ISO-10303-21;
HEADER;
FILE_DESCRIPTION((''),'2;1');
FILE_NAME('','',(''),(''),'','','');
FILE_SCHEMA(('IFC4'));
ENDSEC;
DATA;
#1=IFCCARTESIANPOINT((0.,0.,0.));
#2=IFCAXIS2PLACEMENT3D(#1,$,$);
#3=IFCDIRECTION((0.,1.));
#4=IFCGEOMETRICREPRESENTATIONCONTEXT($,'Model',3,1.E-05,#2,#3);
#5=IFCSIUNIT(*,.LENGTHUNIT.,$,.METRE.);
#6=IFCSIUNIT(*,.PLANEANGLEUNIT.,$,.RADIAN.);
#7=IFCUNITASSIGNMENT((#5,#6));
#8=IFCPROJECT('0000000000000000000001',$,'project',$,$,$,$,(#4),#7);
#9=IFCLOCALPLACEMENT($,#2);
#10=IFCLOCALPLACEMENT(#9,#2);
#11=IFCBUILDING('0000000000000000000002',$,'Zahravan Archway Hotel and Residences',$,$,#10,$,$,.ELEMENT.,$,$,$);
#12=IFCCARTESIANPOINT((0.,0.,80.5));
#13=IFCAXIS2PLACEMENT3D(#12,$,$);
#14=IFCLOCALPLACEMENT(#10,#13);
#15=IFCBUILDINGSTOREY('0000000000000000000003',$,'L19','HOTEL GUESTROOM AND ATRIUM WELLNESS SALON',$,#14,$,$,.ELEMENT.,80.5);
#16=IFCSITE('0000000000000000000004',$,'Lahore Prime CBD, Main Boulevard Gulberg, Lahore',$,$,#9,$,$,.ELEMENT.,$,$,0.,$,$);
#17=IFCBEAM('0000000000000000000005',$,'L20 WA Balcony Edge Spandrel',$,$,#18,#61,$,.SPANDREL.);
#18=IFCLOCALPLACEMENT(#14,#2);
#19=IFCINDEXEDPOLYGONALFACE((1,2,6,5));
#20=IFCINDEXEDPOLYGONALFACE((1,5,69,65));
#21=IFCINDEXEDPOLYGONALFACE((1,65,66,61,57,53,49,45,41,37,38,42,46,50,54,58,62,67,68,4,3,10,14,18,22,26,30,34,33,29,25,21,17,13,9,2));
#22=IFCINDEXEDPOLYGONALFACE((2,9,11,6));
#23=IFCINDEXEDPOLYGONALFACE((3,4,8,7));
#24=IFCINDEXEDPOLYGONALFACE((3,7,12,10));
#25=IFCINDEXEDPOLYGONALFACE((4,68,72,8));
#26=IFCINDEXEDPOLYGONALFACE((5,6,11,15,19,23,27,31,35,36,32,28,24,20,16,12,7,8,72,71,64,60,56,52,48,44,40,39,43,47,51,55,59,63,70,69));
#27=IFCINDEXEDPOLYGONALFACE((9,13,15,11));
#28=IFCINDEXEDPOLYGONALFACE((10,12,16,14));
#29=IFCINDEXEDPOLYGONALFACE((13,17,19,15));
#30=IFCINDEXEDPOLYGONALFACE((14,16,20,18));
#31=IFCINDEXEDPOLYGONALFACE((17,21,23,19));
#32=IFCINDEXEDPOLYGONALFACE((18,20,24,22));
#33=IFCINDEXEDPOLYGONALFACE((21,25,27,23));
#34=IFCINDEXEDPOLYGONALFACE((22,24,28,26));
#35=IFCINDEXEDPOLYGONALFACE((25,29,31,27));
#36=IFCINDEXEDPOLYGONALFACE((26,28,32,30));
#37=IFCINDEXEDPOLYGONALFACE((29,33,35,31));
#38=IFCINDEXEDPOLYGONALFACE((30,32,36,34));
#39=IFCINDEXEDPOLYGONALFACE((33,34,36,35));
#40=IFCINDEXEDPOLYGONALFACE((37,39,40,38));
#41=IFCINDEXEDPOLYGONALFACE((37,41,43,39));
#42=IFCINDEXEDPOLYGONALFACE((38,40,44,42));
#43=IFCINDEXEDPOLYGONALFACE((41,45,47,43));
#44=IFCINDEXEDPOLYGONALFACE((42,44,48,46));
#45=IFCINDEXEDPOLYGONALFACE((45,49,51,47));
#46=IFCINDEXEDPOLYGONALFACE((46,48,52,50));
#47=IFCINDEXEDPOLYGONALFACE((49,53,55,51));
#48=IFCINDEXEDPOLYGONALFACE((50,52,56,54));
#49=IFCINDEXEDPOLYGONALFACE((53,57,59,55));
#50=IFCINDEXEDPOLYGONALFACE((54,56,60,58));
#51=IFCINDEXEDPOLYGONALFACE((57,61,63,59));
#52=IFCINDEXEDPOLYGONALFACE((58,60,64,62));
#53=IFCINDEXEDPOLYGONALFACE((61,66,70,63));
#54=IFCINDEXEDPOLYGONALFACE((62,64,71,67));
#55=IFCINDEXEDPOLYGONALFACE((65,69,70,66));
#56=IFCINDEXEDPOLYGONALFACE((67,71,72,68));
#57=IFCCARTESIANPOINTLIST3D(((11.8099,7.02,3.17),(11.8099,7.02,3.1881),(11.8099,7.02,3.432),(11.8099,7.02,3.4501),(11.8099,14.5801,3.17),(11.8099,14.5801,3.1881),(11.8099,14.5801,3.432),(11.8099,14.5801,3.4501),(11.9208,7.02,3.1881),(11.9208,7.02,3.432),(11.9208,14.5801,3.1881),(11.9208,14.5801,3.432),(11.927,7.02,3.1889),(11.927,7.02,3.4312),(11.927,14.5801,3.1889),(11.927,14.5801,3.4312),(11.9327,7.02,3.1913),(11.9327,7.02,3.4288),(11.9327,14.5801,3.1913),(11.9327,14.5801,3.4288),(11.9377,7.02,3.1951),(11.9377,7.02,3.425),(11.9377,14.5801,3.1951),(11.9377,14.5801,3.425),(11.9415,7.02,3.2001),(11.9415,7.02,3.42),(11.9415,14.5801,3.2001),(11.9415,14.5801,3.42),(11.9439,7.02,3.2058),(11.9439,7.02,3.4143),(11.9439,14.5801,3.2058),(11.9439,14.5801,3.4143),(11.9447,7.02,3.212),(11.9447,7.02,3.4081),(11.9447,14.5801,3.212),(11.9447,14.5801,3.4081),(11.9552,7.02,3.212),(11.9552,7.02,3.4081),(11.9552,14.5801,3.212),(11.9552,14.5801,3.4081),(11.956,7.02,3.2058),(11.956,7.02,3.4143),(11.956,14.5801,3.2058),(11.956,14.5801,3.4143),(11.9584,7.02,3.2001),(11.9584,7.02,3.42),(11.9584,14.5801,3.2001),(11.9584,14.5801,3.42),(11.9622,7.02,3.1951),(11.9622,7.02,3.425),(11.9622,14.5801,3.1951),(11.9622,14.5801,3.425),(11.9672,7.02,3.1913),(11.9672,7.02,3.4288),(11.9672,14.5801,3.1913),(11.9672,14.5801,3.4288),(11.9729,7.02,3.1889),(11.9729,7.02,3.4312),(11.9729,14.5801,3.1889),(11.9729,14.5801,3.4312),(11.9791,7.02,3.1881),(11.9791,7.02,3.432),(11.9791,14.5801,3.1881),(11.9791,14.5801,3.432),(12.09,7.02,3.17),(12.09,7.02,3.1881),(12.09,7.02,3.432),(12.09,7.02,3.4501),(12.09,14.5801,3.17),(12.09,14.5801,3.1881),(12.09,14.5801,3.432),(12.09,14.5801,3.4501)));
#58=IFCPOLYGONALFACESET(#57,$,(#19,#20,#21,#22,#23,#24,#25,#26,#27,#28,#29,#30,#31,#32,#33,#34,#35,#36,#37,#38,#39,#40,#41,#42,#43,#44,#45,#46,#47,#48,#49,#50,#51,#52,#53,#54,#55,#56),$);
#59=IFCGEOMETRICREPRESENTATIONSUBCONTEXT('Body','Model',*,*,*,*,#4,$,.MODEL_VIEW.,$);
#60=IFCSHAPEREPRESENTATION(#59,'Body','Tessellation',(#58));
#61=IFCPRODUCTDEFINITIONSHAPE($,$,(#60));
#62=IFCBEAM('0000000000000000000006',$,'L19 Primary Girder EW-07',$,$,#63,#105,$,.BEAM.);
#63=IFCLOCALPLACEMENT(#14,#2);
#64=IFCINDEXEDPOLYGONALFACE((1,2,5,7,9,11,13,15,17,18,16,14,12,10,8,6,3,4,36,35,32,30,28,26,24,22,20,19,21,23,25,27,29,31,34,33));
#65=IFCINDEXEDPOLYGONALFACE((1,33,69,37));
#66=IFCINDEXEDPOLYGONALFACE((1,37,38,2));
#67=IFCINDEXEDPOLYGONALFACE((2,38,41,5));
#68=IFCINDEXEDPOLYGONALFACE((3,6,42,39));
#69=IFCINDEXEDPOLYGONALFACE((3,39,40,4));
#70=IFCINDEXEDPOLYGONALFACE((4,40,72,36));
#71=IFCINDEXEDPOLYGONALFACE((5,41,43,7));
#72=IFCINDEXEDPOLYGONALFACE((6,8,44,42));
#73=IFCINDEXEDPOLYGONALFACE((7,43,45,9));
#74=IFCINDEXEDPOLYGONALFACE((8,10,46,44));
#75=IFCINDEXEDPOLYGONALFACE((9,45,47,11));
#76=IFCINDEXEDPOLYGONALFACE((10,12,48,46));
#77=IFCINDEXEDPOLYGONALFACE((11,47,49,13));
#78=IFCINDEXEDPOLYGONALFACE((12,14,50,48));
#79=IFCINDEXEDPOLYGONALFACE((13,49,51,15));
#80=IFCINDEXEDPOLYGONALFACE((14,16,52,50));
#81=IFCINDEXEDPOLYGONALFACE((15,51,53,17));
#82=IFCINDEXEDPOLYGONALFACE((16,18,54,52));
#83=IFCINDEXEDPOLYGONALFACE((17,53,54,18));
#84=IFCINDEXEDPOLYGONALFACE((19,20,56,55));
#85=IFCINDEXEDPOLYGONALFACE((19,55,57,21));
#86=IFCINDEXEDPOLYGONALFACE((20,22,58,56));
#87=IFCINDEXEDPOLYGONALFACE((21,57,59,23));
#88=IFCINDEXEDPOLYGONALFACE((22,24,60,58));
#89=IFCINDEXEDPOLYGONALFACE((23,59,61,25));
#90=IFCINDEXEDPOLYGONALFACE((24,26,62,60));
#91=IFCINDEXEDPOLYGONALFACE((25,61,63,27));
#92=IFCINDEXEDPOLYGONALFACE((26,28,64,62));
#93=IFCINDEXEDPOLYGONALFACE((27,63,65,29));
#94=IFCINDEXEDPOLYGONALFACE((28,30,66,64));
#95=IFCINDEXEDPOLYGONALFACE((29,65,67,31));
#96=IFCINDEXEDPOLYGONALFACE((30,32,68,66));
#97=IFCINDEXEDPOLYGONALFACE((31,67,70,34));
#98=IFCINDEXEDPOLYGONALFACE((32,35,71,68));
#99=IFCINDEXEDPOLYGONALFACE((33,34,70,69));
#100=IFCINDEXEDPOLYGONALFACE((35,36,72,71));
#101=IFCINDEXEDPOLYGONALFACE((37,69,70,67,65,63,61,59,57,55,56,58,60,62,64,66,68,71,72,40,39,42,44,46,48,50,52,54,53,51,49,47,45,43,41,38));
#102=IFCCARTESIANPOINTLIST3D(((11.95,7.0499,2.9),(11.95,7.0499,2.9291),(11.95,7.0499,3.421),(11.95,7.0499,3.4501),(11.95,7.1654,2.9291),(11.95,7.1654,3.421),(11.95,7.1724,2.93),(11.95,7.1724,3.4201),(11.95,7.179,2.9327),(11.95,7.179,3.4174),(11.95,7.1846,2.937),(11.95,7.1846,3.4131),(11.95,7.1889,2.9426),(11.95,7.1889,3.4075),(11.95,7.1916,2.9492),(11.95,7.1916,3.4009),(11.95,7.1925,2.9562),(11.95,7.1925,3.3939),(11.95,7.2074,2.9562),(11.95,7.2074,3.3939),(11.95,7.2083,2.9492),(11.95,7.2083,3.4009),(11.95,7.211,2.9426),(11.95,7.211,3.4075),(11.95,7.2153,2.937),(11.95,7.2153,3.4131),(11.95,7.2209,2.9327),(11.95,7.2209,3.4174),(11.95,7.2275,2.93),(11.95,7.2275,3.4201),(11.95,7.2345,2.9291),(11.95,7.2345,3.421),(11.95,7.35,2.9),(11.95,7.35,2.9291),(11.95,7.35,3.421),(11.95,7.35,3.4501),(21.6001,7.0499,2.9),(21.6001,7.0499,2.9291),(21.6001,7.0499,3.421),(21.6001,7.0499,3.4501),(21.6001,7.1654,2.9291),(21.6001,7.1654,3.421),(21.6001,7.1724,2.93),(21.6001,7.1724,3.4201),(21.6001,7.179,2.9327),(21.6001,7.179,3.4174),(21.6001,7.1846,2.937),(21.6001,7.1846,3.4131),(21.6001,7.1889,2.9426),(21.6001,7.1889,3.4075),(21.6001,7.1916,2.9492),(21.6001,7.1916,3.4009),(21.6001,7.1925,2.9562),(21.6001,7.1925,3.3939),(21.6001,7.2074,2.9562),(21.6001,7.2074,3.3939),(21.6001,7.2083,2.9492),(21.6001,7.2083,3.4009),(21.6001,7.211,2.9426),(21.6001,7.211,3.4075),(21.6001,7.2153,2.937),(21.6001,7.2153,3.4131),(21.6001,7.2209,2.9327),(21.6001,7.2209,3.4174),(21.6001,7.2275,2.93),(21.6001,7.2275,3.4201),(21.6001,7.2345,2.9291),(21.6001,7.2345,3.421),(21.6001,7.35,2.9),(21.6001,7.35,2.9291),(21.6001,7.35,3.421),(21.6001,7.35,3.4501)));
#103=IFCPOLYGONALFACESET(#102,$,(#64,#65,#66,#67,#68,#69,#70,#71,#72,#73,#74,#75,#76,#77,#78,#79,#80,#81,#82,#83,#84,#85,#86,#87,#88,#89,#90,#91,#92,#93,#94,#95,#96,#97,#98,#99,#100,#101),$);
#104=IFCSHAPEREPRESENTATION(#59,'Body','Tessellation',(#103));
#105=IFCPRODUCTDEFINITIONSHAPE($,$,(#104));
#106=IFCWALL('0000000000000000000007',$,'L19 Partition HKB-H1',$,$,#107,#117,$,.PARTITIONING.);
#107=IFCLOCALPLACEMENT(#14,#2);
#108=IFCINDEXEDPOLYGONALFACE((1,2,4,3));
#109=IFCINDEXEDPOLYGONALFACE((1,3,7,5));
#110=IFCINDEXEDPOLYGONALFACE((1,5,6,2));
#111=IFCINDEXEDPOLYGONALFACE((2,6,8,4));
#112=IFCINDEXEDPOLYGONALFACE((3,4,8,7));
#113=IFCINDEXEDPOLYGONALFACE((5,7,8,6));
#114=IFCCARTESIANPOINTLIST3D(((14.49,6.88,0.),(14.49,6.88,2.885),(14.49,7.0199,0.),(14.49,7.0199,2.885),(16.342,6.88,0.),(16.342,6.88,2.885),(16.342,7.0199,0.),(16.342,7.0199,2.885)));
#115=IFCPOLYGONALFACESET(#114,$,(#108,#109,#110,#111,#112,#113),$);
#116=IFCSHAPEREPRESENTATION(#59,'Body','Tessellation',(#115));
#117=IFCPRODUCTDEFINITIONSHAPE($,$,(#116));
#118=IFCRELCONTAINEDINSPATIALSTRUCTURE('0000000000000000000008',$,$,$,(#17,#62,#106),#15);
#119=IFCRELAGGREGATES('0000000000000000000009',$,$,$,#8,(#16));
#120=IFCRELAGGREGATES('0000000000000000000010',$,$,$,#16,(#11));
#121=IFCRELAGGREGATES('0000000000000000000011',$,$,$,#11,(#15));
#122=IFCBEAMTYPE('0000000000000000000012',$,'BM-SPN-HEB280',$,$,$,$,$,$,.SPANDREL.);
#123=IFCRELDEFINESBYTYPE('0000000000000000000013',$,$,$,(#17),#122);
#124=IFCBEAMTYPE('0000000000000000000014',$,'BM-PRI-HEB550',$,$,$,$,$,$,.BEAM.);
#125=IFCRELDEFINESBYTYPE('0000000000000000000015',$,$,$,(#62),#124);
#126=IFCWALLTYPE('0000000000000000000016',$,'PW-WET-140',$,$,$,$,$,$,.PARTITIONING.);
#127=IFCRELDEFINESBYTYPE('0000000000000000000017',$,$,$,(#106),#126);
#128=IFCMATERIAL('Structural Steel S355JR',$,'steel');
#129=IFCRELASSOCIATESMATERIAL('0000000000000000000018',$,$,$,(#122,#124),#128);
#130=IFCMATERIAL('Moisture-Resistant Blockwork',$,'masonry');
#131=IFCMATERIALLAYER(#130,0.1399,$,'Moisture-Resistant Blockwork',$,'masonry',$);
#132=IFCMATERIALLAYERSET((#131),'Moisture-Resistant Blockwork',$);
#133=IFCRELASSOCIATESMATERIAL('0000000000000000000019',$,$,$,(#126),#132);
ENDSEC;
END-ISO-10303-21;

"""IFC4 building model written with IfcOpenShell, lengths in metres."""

from ifc_helpers import new_model, si_unit, direction, frame, frame_2d, origin, origin_2d, place, context, subcontext, project, spatial, rectangle, i_section, extrude, source, transform, mapped, material, layer, layer_set, material_profile, profile_set, type_object, type_shapes, element, save


model = new_model("IFC4")

# Units and contexts
model_context = context("Model", 3, precision=1e-05, world=origin(), true_north=direction((0.0, 1.0)))
body_context = subcontext(model_context, "Body", "Model", "MODEL_VIEW")
ifc_project = project(units=[si_unit("LENGTHUNIT", "METRE"), si_unit("PLANEANGLEUNIT", "RADIAN")], contexts=[model_context])

# Site, building, storey
site_placement = place(None, origin())
site = spatial("IfcSite", under=ifc_project, at=site_placement, Name="Lahore Prime CBD, Main Boulevard Gulberg, Lahore", CompositionType="ELEMENT", RefElevation=0.0)
building_placement = place(site_placement, origin())
building = spatial("IfcBuilding", under=site, at=building_placement, Name="Zahravan Archway Hotel and Residences", CompositionType="ELEMENT")
storey_placement = place(building_placement, frame((0.0, 0.0, 80.5)))
storey = spatial("IfcBuildingStorey", under=building, at=storey_placement, Name="L19", Description="HOTEL GUESTROOM AND ATRIUM WELLNESS SALON", CompositionType="ELEMENT", Elevation=80.5)

# Beams
ifc_material_1 = material(Name="Structural Steel S355JR", Category="steel")
ifc_material_profile_1 = material_profile(ifc_material_1, i_section(OverallWidth=0.28, OverallDepth=0.28, WebThickness=0.0105, FlangeThickness=0.0181, FilletRadius=0.0239, at=origin_2d()), Name="HEB 280", Category="steel")
ifc_profile_set_1 = profile_set([ifc_material_profile_1], Name="Structural Steel S355JR")
beam_type_1 = type_object("IfcBeamType", Name="BM-SPN-HEB280", PredefinedType="SPANDREL", material=ifc_profile_set_1)
shared_shape_1 = source(origin(), body_context, "Body", "SweptSolid", [
    extrude(i_section(OverallWidth=0.28, OverallDepth=0.28, WebThickness=0.0105, FlangeThickness=0.0181, FilletRadius=0.0239, at=origin_2d()), origin(), (0.0, 0.0, 1.0), 7.5601),
])
type_shapes(beam_type_1, [shared_shape_1])
beam_1_placement = place(storey_placement, frame((11.95, 7.02, 3.3101), z_axis=(0.0, 1.0, 0.0), x_axis=(-1.0, 0.0, 0.0)))
element("IfcBeam", 1, at=beam_1_placement, inside=storey, type_object=beam_type_1, Name="L20 WA Balcony Edge Spandrel", PredefinedType="SPANDREL", context=body_context, shape_type="MappedRepresentation", body=[
    mapped(shared_shape_1, transform((0.0, 0.0, 0.0), scale=1.0)),
])
ifc_material_profile_2 = material_profile(ifc_material_1, i_section(OverallWidth=0.3, OverallDepth=0.55, WebThickness=0.0149, FlangeThickness=0.0291, FilletRadius=0.0271, at=origin_2d()), Name="HEB 550", Category="steel")
ifc_profile_set_2 = profile_set([ifc_material_profile_2], Name="Structural Steel S355JR")
beam_type_2 = type_object("IfcBeamType", Name="BM-PRI-HEB550", PredefinedType="BEAM", material=ifc_profile_set_2)
shared_shape_2 = source(origin(), body_context, "Body", "SweptSolid", [
    extrude(i_section(OverallWidth=0.3, OverallDepth=0.55, WebThickness=0.0149, FlangeThickness=0.0291, FilletRadius=0.0271, at=origin_2d()), origin(), (0.0, 0.0, 1.0), 9.6501),
])
beam_2_placement = place(storey_placement, frame((11.95, 7.2, 3.175), z_axis=(1.0, 0.0, 0.0), x_axis=(0.0, 1.0, 0.0)))
element("IfcBeam", 2, at=beam_2_placement, inside=storey, type_object=beam_type_2, Name="L19 Primary Girder EW-07", PredefinedType="BEAM", context=body_context, shape_type="MappedRepresentation", body=[
    mapped(shared_shape_2, transform((0.0, 0.0, 0.0), scale=1.0)),
])

# Wall
ifc_material_2 = material(Name="Moisture-Resistant Blockwork", Category="masonry")
ifc_layer = layer(ifc_material_2, 0.1399, Name="Moisture-Resistant Blockwork", Category="masonry")
ifc_layer_set = layer_set([ifc_layer], Name="Moisture-Resistant Blockwork")
wall_type = type_object("IfcWallType", Name="PW-WET-140", PredefinedType="PARTITIONING", material=ifc_layer_set)
wall_placement = place(storey_placement, frame((14.49, 6.95, 0.0), z_axis=(0.0, 0.0, 1.0), x_axis=(1.0, 0.0, 0.0)))
element("IfcWall", 3, at=wall_placement, inside=storey, type_object=wall_type, Name="L19 Partition HKB-H1", PredefinedType="PARTITIONING", context=body_context, shape_type="SweptSolid", body=[
    extrude(rectangle(XDim=1.8521, YDim=0.1399, at=frame_2d((0.926, 0.0))), origin(), (0.0, 0.0, 1.0), 2.885),
])

save(model, "model.ifc")
